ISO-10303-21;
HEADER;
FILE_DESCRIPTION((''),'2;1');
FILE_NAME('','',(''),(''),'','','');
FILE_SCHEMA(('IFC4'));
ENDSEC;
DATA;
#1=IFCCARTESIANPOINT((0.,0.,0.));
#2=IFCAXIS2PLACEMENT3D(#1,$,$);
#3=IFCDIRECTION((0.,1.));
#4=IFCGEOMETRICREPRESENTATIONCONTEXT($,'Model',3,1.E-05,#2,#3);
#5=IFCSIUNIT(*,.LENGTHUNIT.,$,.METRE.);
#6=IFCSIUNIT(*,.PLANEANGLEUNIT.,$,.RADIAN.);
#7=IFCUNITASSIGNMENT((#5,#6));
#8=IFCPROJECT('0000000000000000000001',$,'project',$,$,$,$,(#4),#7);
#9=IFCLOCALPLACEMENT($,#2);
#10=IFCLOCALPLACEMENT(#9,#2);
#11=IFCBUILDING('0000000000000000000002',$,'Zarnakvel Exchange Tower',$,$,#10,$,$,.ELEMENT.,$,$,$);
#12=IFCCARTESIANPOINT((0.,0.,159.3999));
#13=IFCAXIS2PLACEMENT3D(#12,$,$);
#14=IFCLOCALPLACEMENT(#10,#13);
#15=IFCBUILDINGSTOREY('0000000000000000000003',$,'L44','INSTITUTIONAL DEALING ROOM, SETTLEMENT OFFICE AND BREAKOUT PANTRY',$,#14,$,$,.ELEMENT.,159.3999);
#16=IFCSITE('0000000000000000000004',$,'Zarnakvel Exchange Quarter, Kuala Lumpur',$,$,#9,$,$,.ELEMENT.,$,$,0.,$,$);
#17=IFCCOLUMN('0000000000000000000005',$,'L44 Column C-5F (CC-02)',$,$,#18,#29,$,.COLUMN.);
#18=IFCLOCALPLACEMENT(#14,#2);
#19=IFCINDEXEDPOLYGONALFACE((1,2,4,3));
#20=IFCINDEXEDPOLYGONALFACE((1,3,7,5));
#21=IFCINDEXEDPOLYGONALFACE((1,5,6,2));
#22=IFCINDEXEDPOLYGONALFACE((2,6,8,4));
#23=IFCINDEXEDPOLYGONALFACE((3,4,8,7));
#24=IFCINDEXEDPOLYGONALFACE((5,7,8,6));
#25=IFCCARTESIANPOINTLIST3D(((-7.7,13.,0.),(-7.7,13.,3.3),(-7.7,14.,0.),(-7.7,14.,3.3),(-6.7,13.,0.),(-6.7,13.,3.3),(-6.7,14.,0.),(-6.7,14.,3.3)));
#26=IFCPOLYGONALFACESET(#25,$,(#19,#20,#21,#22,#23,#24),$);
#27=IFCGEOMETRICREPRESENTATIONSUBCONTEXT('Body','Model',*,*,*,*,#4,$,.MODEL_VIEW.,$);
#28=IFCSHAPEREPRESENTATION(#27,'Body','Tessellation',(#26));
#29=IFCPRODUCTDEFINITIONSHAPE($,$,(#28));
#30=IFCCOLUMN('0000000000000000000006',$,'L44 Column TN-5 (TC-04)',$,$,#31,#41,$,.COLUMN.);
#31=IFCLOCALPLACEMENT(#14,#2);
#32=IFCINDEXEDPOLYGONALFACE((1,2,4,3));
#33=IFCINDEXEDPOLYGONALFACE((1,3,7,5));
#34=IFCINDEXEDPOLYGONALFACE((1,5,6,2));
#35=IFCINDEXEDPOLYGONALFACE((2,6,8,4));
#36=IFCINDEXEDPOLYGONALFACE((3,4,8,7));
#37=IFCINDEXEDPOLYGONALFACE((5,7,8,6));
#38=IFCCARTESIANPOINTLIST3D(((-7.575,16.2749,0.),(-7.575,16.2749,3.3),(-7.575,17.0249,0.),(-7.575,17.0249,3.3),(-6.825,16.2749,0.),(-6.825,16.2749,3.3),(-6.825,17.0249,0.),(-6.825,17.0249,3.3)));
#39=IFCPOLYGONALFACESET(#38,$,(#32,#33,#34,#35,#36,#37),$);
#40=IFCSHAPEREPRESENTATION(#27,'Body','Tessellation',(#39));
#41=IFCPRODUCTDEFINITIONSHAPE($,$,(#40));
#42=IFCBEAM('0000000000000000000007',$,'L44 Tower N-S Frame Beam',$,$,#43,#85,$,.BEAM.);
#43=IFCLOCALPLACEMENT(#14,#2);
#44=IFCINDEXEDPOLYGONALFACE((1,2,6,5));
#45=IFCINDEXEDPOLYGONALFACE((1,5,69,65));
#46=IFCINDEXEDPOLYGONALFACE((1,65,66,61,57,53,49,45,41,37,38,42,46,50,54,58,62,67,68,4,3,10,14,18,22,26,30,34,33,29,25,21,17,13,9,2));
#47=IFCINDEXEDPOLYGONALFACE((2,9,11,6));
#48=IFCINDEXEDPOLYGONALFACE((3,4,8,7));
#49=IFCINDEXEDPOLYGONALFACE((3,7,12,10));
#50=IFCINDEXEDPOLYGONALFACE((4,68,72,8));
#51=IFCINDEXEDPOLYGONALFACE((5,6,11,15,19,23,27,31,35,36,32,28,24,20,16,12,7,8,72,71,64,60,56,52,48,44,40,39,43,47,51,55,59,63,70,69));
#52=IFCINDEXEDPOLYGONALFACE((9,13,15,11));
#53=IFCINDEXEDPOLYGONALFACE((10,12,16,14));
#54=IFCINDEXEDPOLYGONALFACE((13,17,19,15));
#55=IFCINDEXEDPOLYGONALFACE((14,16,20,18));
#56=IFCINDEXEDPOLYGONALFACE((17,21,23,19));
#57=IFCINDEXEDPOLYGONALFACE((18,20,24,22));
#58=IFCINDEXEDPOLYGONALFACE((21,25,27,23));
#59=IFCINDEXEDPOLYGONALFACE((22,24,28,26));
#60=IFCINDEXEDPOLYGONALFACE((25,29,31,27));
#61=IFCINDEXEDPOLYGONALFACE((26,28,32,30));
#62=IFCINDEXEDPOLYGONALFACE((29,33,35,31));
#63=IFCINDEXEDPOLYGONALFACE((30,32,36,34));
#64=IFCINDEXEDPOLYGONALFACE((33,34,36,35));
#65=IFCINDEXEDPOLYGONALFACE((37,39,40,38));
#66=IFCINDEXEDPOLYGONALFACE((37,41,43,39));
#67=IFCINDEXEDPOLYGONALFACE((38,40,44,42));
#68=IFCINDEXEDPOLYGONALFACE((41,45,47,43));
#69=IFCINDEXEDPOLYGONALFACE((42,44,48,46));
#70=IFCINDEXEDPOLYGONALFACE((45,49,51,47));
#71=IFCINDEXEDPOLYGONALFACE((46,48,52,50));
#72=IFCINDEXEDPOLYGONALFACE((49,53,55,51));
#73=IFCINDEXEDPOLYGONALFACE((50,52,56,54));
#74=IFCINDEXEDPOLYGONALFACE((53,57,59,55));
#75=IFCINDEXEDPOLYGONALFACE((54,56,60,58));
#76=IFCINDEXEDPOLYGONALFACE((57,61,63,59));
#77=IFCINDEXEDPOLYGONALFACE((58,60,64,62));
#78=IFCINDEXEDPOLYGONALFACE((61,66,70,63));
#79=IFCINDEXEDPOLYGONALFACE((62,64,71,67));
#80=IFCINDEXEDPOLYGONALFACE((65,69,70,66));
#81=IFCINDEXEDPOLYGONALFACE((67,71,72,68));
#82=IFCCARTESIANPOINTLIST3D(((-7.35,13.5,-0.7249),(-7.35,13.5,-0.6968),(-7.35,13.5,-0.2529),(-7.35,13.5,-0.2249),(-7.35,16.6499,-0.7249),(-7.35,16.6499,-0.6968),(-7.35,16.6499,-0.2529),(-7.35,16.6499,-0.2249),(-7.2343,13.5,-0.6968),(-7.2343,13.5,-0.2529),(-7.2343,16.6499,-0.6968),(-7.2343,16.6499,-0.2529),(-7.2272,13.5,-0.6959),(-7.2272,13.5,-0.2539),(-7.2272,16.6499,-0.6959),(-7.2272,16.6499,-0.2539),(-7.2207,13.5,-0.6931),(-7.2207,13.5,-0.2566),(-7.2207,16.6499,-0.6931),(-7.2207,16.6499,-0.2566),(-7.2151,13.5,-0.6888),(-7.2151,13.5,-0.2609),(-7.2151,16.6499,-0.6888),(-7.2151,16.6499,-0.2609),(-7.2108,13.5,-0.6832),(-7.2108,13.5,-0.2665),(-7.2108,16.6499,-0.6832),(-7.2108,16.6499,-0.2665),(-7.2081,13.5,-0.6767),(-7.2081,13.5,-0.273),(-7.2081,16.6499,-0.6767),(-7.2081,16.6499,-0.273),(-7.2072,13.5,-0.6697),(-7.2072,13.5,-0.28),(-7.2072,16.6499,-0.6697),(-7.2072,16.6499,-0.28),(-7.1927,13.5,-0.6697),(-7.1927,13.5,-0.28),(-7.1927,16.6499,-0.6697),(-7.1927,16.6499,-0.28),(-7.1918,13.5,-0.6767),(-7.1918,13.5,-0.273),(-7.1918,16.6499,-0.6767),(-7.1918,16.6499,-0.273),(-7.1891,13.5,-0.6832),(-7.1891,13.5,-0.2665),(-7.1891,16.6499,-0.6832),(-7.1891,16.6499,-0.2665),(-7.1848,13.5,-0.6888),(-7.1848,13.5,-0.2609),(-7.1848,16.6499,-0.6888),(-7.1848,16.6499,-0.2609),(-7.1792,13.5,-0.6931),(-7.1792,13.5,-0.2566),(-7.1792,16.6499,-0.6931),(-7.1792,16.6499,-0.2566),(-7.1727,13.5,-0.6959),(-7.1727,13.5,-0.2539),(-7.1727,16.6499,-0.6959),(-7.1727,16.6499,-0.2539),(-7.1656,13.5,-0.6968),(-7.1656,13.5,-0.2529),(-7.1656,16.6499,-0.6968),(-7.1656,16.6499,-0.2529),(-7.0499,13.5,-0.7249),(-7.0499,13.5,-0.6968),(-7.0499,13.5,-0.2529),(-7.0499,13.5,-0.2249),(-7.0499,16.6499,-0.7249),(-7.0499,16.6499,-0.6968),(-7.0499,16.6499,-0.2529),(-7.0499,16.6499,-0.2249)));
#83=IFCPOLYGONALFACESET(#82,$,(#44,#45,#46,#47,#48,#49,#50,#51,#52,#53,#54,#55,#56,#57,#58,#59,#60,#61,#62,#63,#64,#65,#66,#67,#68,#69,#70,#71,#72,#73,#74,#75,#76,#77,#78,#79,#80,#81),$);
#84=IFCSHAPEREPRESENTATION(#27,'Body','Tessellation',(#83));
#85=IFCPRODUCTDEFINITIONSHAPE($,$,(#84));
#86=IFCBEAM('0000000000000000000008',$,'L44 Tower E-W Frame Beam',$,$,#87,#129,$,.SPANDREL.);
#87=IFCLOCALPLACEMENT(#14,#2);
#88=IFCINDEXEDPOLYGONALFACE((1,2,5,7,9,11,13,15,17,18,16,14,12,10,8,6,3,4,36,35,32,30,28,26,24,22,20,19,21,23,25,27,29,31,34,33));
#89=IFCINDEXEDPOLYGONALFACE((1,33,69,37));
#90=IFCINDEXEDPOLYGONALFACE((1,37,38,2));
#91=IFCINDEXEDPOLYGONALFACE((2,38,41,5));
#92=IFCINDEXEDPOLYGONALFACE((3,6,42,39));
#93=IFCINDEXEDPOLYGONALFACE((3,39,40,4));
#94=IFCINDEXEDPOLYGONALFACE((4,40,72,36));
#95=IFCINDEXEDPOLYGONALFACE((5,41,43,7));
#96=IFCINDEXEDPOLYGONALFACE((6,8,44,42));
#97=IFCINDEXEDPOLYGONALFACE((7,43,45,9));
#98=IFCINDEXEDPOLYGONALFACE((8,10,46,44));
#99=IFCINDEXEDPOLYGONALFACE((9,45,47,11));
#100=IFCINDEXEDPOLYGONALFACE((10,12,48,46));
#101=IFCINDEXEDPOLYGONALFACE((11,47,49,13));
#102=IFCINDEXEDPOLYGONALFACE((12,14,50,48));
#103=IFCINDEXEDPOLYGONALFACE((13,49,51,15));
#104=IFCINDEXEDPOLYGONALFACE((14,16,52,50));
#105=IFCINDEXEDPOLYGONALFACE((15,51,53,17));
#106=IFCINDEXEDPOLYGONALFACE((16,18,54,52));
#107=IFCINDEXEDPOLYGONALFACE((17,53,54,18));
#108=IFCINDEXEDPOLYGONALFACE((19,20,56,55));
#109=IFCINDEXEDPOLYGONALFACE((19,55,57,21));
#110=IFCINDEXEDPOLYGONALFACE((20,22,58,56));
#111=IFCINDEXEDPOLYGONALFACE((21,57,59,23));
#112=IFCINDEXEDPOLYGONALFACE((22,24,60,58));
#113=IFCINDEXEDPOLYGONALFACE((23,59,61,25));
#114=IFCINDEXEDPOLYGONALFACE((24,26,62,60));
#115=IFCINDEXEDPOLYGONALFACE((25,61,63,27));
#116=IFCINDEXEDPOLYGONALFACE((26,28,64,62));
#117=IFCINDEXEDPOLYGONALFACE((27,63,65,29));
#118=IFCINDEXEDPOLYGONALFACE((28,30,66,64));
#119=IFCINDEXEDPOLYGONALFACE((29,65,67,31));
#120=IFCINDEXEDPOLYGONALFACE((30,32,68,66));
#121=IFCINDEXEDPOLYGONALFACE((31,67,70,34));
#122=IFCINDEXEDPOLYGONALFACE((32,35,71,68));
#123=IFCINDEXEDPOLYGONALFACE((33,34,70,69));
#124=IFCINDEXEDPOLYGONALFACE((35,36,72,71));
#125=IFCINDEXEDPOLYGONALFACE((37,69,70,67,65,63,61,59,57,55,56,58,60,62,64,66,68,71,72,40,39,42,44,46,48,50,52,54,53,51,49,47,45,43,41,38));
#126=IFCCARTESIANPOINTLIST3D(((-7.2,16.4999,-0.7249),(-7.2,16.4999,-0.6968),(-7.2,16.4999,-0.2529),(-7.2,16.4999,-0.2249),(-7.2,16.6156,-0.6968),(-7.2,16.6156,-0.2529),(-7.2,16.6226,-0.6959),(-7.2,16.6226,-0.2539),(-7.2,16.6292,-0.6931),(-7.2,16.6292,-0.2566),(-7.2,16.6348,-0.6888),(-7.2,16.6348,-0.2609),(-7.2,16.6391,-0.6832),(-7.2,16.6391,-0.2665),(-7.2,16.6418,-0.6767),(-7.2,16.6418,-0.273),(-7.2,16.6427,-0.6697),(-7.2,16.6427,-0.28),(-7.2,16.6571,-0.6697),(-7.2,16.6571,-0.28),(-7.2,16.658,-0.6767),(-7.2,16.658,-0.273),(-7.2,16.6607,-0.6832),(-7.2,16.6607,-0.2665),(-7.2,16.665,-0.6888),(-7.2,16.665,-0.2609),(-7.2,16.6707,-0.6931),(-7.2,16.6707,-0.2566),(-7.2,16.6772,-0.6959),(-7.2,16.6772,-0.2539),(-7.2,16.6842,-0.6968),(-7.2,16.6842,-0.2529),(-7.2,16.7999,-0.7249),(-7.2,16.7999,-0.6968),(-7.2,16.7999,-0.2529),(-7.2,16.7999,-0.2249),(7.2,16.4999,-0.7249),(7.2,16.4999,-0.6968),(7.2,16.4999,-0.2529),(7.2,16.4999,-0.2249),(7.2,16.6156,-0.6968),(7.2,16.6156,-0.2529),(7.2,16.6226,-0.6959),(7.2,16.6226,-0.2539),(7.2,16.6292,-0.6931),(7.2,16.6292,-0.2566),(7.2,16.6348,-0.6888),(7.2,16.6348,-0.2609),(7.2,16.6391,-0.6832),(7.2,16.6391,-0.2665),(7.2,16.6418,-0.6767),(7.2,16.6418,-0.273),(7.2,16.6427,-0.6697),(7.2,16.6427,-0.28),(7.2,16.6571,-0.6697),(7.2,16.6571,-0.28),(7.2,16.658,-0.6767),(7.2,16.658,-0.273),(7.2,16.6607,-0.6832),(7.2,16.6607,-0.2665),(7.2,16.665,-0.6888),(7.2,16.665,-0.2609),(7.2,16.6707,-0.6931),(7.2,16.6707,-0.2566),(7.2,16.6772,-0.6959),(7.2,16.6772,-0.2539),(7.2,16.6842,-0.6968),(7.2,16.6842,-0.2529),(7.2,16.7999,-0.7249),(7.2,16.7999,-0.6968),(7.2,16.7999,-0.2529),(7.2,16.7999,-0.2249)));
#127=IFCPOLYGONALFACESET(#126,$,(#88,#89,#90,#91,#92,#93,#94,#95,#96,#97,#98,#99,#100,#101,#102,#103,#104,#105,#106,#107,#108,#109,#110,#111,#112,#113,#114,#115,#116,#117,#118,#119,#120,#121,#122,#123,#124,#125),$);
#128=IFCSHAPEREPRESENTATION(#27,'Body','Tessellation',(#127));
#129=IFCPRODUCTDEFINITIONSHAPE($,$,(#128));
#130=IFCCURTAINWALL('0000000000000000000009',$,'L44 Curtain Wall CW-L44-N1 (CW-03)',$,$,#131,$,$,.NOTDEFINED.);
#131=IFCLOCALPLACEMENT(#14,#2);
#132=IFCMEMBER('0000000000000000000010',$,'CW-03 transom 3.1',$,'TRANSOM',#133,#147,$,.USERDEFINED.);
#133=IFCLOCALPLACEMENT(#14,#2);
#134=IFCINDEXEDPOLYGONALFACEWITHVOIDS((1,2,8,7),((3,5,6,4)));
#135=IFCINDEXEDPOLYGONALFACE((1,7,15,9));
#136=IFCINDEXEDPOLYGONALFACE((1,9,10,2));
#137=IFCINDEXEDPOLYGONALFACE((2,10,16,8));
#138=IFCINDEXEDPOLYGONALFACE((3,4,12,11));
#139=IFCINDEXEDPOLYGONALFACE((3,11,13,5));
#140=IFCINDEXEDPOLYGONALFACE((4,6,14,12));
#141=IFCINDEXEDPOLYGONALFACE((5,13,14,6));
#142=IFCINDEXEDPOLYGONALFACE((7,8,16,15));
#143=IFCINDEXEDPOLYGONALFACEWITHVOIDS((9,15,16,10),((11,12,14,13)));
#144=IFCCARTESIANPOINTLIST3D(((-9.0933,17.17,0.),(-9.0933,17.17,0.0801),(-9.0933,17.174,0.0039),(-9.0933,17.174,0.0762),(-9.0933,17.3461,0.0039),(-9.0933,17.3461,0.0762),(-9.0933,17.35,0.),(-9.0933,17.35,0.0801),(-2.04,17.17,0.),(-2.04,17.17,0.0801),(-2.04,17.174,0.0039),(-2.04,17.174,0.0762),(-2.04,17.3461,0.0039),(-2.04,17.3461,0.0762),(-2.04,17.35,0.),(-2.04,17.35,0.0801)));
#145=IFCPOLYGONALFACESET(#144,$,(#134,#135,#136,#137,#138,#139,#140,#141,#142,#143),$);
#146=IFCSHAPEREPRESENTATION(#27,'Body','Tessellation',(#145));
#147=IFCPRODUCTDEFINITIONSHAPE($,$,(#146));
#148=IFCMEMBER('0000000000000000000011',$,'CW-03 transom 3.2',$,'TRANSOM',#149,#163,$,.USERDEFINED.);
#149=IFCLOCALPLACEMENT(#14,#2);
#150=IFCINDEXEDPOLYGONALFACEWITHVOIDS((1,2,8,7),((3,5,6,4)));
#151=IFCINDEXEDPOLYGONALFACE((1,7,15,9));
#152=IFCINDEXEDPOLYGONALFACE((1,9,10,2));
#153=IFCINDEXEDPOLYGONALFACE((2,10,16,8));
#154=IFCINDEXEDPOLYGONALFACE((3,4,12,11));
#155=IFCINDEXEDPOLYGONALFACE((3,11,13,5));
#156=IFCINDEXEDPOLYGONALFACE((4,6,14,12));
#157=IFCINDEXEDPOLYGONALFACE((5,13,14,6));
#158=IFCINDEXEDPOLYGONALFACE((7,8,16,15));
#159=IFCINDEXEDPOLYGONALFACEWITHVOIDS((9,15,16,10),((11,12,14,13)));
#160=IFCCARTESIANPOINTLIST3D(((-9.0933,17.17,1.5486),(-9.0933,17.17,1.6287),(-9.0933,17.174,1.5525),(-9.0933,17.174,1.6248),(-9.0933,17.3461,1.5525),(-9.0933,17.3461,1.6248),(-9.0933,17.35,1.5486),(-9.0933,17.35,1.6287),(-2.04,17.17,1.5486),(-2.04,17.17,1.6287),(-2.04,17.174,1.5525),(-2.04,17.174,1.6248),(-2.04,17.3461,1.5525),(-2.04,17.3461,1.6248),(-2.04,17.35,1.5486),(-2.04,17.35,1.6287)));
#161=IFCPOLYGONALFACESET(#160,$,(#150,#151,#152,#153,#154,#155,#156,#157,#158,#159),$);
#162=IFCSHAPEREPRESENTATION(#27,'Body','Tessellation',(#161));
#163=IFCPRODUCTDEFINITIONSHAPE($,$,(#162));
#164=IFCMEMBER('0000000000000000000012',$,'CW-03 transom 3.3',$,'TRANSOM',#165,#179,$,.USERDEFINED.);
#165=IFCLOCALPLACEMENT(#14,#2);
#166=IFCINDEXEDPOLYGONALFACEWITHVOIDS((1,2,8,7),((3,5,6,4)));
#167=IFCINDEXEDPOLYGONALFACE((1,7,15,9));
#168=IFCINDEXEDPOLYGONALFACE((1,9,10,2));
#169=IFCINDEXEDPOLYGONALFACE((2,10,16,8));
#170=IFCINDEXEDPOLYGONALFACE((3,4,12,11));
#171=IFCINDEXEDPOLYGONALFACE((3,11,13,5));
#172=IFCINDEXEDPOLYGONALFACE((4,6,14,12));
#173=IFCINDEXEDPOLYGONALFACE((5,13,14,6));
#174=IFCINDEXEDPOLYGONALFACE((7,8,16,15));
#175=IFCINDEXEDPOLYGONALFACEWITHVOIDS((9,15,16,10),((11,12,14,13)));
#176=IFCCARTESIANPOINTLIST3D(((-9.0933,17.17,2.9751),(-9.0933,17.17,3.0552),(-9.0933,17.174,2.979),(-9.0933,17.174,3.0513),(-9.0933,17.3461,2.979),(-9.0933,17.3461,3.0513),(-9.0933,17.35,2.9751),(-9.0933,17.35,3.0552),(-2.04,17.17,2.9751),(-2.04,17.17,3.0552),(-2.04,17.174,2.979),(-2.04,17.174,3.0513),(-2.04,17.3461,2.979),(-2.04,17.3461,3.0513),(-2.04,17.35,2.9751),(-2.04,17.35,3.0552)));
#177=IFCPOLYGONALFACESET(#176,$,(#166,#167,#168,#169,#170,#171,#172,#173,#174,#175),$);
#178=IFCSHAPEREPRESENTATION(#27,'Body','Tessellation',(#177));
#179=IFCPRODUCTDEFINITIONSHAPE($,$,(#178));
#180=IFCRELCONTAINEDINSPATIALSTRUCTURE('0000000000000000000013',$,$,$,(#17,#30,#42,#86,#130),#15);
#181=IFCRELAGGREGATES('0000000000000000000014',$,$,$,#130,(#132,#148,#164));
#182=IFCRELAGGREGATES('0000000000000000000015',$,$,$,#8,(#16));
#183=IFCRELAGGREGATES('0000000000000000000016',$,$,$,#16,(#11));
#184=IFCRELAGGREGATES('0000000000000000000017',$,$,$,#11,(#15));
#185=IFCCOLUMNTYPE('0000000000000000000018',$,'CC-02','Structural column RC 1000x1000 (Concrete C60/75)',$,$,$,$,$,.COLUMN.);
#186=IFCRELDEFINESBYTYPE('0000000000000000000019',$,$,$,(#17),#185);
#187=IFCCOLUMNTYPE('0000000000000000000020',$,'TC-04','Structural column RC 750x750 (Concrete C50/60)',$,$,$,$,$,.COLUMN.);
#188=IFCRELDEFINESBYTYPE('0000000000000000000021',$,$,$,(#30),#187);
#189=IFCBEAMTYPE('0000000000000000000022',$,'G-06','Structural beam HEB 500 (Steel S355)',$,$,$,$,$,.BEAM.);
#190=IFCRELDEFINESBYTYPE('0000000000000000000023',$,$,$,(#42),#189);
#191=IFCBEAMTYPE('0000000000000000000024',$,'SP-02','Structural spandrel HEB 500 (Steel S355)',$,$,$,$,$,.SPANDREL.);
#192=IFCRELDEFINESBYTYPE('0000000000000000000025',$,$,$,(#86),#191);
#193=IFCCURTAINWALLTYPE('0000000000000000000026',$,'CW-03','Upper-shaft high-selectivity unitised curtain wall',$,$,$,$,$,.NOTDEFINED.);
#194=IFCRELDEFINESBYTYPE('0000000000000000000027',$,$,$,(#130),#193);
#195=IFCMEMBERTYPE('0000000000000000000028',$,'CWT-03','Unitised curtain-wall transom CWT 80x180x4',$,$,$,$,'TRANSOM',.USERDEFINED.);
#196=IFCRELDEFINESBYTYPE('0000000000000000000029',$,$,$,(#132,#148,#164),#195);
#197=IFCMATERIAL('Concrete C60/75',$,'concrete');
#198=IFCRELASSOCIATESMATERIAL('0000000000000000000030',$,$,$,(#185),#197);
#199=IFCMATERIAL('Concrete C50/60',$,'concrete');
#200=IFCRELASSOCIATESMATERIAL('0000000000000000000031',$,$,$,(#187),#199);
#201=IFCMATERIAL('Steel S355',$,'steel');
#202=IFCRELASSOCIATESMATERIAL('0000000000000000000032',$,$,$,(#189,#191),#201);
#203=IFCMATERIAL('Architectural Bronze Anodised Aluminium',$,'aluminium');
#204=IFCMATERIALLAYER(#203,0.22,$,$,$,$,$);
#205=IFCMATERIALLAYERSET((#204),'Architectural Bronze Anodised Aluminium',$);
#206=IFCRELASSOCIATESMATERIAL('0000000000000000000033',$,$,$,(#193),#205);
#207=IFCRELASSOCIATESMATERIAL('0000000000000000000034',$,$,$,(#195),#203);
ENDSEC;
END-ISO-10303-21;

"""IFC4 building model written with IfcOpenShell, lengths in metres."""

from ifc_helpers import new_model, si_unit, direction, frame, origin, origin_2d, place, context, subcontext, project, spatial, rectangle, hollow_rectangle, i_section, extrude, source, transform, mapped, material, layer, layer_set, material_profile, profile_set, type_object, element, aggregate, save


model = new_model("IFC4")

# Units and contexts
model_context = context("Model", 3, precision=1e-05, world=origin(), true_north=direction((0.0, 1.0)))
body_context = subcontext(model_context, "Body", "Model", "MODEL_VIEW")
ifc_project = project(units=[si_unit("LENGTHUNIT", "METRE"), si_unit("PLANEANGLEUNIT", "RADIAN")], contexts=[model_context])

# Site, building, storey
site_placement = place(None, origin())
site = spatial("IfcSite", under=ifc_project, at=site_placement, Name="Zarnakvel Exchange Quarter, Kuala Lumpur", CompositionType="ELEMENT", RefElevation=0.0)
building_placement = place(site_placement, origin())
building = spatial("IfcBuilding", under=site, at=building_placement, Name="Zarnakvel Exchange Tower", CompositionType="ELEMENT")
storey_placement = place(building_placement, frame((0.0, 0.0, 159.3999)))
storey = spatial("IfcBuildingStorey", under=building, at=storey_placement, Name="L44", Description="INSTITUTIONAL DEALING ROOM, SETTLEMENT OFFICE AND BREAKOUT PANTRY", CompositionType="ELEMENT", Elevation=159.3999)

# Columns
ifc_material_1 = material(Name="Concrete C60/75", Category="concrete")
ifc_material_profile_1 = material_profile(ifc_material_1, rectangle(XDim=1.0, YDim=1.0, at=origin_2d()))
ifc_profile_set_1 = profile_set([ifc_material_profile_1], Name="Concrete C60/75")
column_type_1 = type_object("IfcColumnType", Name="CC-02", Description="Structural column RC 1000x1000 (Concrete C60/75)", PredefinedType="COLUMN", material=ifc_profile_set_1)
column_1_placement = place(storey_placement, frame((-7.2, 13.5, 0.0), z_axis=(0.0, 0.0, 1.0), x_axis=(1.0, 0.0, 0.0)))
element("IfcColumn", 1, at=column_1_placement, inside=storey, type_object=column_type_1, Name="L44 Column C-5F (CC-02)", PredefinedType="COLUMN", context=body_context, shape_type="SweptSolid", body=[
    extrude(rectangle(XDim=1.0, YDim=1.0, at=origin_2d()), origin(), (0.0, 0.0, 1.0), 3.3),
])
ifc_material_2 = material(Name="Concrete C50/60", Category="concrete")
ifc_material_profile_2 = material_profile(ifc_material_2, rectangle(XDim=0.75, YDim=0.75, at=origin_2d()))
ifc_profile_set_2 = profile_set([ifc_material_profile_2], Name="Concrete C50/60")
column_type_2 = type_object("IfcColumnType", Name="TC-04", Description="Structural column RC 750x750 (Concrete C50/60)", PredefinedType="COLUMN", material=ifc_profile_set_2)
column_2_placement = place(storey_placement, frame((-7.2, 16.6499, 0.0), z_axis=(0.0, 0.0, 1.0), x_axis=(1.0, 0.0, 0.0)))
element("IfcColumn", 2, at=column_2_placement, inside=storey, type_object=column_type_2, Name="L44 Column TN-5 (TC-04)", PredefinedType="COLUMN", context=body_context, shape_type="SweptSolid", body=[
    extrude(rectangle(XDim=0.75, YDim=0.75, at=origin_2d()), origin(), (0.0, 0.0, 1.0), 3.3),
])

# Beams
ifc_material_3 = material(Name="Steel S355", Category="steel")
ifc_material_profile_3 = material_profile(ifc_material_3, i_section(OverallWidth=0.3, OverallDepth=0.5, WebThickness=0.0144, FlangeThickness=0.0281, FilletRadius=0.0271, at=origin_2d()))
ifc_profile_set_3 = profile_set([ifc_material_profile_3], Name="Steel S355")
beam_type_1 = type_object("IfcBeamType", Name="G-06", Description="Structural beam HEB 500 (Steel S355)", PredefinedType="BEAM", material=ifc_profile_set_3)
beam_1_placement = place(storey_placement, frame((-7.2, 13.5, -0.4749), z_axis=(0.0, 1.0, 0.0), x_axis=(-1.0, 0.0, 0.0)))
element("IfcBeam", 3, at=beam_1_placement, inside=storey, type_object=beam_type_1, Name="L44 Tower N-S Frame Beam", PredefinedType="BEAM", context=body_context, shape_type="SweptSolid", body=[
    extrude(i_section(OverallWidth=0.3, OverallDepth=0.5, WebThickness=0.0144, FlangeThickness=0.0281, FilletRadius=0.0271, at=origin_2d()), origin(), (0.0, 0.0, 1.0), 3.1499),
])
ifc_material_profile_4 = material_profile(ifc_material_3, i_section(OverallWidth=0.3, OverallDepth=0.5, WebThickness=0.0144, FlangeThickness=0.0281, FilletRadius=0.0271, at=origin_2d()))
ifc_profile_set_4 = profile_set([ifc_material_profile_4], Name="Steel S355")
beam_type_2 = type_object("IfcBeamType", Name="SP-02", Description="Structural spandrel HEB 500 (Steel S355)", PredefinedType="SPANDREL", material=ifc_profile_set_4)
beam_2_placement = place(storey_placement, frame((-7.2, 16.6499, -0.4749), z_axis=(1.0, 0.0, 0.0), x_axis=(0.0, 1.0, 0.0)))
element("IfcBeam", 4, at=beam_2_placement, inside=storey, type_object=beam_type_2, Name="L44 Tower E-W Frame Beam", PredefinedType="SPANDREL", context=body_context, shape_type="SweptSolid", body=[
    extrude(i_section(OverallWidth=0.3, OverallDepth=0.5, WebThickness=0.0144, FlangeThickness=0.0281, FilletRadius=0.0271, at=origin_2d()), origin(), (0.0, 0.0, 1.0), 14.3999),
])

# Curtain wall, members
ifc_material_4 = material(Name="Architectural Bronze Anodised Aluminium", Category="aluminium")
ifc_layer_1 = layer(ifc_material_4, 0.22)
ifc_layer_set_1 = layer_set([ifc_layer_1], Name="Architectural Bronze Anodised Aluminium")
curtain_wall_type = type_object("IfcCurtainWallType", Name="CW-03", Description="Upper-shaft high-selectivity unitised curtain wall", PredefinedType="NOTDEFINED", material=ifc_layer_set_1)
curtain_wall_placement = place(storey_placement, origin())
curtain_wall = element("IfcCurtainWall", 5, at=curtain_wall_placement, inside=storey, type_object=curtain_wall_type, Name="L44 Curtain Wall CW-L44-N1 (CW-03)", PredefinedType="NOTDEFINED")
ifc_material_profile_5 = material_profile(ifc_material_4, hollow_rectangle(XDim=0.1799, YDim=0.0801, WallThickness=0.0039, at=origin_2d()))
ifc_profile_set_5 = profile_set([ifc_material_profile_5], Name="Architectural Bronze Anodised Aluminium")
member_type_1 = type_object("IfcMemberType", Name="CWT-03", Description="Unitised curtain-wall transom CWT 80x180x4", ElementType="TRANSOM", PredefinedType="USERDEFINED", material=ifc_profile_set_5)
shared_shape_1 = source(origin(), body_context, "Body", "SweptSolid", [
    extrude(hollow_rectangle(XDim=0.1799, YDim=0.0801, WallThickness=0.0039, at=origin_2d()), origin(), (0.0, 0.0, 1.0), 7.0532),
])
member_1_placement = place(storey_placement, frame((-9.0933, 17.26, 0.04), z_axis=(1.0, 0.0, 0.0), x_axis=(0.0, 1.0, 0.0)))
member_1 = element("IfcMember", 6, at=member_1_placement, type_object=member_type_1, Name="CW-03 transom 3.1", ObjectType="TRANSOM", PredefinedType="USERDEFINED", context=body_context, shape_type="MappedRepresentation", body=[
    mapped(shared_shape_1, transform((0.0, 0.0, 0.0), x_axis=(1.0, 0.0, 0.0), y_axis=(0.0, 1.0, 0.0), z_axis=(0.0, 0.0, 1.0), scale=1.0)),
])
member_2_placement = place(storey_placement, frame((-9.0933, 17.26, 1.5886), z_axis=(1.0, 0.0, 0.0), x_axis=(0.0, 1.0, 0.0)))
member_2 = element("IfcMember", 7, at=member_2_placement, type_object=member_type_1, Name="CW-03 transom 3.2", ObjectType="TRANSOM", PredefinedType="USERDEFINED", context=body_context, shape_type="MappedRepresentation", body=[
    mapped(shared_shape_1, transform((0.0, 0.0, 0.0), x_axis=(1.0, 0.0, 0.0), y_axis=(0.0, 1.0, 0.0), z_axis=(0.0, 0.0, 1.0), scale=1.0)),
])
member_3_placement = place(storey_placement, frame((-9.0933, 17.26, 3.0151), z_axis=(1.0, 0.0, 0.0), x_axis=(0.0, 1.0, 0.0)))
member_3 = element("IfcMember", 8, at=member_3_placement, type_object=member_type_1, Name="CW-03 transom 3.3", ObjectType="TRANSOM", PredefinedType="USERDEFINED", context=body_context, shape_type="MappedRepresentation", body=[
    mapped(shared_shape_1, transform((0.0, 0.0, 0.0), x_axis=(1.0, 0.0, 0.0), y_axis=(0.0, 1.0, 0.0), z_axis=(0.0, 0.0, 1.0), scale=1.0)),
])
aggregate(curtain_wall, [member_1, member_2, member_3])

save(model, "model.ifc")
